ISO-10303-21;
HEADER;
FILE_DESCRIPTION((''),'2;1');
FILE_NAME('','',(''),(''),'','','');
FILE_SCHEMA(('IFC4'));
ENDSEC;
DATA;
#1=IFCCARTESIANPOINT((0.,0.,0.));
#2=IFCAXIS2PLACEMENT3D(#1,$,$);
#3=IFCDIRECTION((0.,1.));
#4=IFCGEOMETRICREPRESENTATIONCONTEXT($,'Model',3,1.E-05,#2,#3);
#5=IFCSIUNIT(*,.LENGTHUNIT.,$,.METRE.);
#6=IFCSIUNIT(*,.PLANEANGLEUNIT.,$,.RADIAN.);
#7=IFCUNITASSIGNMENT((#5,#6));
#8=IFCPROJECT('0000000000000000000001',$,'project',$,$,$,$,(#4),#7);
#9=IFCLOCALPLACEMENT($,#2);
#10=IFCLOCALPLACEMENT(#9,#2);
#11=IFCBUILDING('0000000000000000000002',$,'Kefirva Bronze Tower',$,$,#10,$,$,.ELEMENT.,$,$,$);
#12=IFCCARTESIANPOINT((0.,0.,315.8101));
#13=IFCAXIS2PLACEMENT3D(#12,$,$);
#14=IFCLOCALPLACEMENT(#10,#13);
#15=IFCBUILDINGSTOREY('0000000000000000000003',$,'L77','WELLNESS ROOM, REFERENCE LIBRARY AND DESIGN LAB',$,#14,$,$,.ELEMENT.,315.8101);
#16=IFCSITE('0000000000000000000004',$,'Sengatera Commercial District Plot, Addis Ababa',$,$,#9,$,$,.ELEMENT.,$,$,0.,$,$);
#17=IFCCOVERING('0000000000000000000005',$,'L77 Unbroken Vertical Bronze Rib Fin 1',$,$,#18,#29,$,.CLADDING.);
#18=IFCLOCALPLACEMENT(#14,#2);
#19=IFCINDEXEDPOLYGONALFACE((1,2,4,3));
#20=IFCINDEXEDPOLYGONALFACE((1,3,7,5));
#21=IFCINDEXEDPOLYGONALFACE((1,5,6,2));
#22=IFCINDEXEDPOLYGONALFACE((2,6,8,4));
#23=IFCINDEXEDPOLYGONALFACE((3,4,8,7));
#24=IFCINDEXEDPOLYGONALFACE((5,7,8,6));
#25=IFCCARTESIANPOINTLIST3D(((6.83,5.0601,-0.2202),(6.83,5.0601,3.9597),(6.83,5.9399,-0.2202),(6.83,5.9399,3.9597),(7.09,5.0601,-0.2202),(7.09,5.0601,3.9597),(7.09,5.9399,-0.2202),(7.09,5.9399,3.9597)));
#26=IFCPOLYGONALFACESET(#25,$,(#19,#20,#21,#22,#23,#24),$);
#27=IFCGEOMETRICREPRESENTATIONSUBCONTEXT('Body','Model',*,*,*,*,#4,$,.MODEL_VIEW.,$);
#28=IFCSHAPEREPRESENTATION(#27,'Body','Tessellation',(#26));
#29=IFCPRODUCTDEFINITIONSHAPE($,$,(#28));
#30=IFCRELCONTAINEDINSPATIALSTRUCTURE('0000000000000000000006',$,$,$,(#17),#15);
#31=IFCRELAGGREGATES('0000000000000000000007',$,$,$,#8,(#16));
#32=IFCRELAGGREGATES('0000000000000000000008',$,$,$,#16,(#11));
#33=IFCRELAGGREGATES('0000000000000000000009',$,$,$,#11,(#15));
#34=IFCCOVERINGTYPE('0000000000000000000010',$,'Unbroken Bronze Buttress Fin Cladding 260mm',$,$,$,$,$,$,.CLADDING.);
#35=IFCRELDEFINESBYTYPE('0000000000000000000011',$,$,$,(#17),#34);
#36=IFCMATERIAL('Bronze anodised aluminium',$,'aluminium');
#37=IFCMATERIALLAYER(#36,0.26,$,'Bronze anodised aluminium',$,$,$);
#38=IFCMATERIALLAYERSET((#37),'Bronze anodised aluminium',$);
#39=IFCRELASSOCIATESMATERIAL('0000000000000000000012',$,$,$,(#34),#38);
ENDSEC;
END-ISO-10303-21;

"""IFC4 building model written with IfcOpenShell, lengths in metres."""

from ifc_helpers import new_model, si_unit, direction, frame, origin, origin_2d, place, context, subcontext, project, spatial, rectangle, extrude, material, layer, layer_set, type_object, element, save


model = new_model("IFC4")

# Units and contexts
model_context = context("Model", 3, precision=1e-05, world=origin(), true_north=direction((0.0, 1.0)))
body_context = subcontext(model_context, "Body", "Model", "MODEL_VIEW")
ifc_project = project(units=[si_unit("LENGTHUNIT", "METRE"), si_unit("PLANEANGLEUNIT", "RADIAN")], contexts=[model_context])

# Site, building, storey
site_placement = place(None, origin())
site = spatial("IfcSite", under=ifc_project, at=site_placement, Name="Sengatera Commercial District Plot, Addis Ababa", CompositionType="ELEMENT", RefElevation=0.0)
building_placement = place(site_placement, origin())
building = spatial("IfcBuilding", under=site, at=building_placement, Name="Kefirva Bronze Tower", CompositionType="ELEMENT")
storey_placement = place(building_placement, frame((0.0, 0.0, 315.8101)))
storey = spatial("IfcBuildingStorey", under=building, at=storey_placement, Name="L77", Description="WELLNESS ROOM, REFERENCE LIBRARY AND DESIGN LAB", CompositionType="ELEMENT", Elevation=315.8101)

# Shared definitions
ifc_material_1 = material(Name="Bronze anodised aluminium", Category="aluminium")

# Covering
ifc_layer_1 = layer(ifc_material_1, 0.26, Name="Bronze anodised aluminium")
ifc_layer_set_1 = layer_set([ifc_layer_1], Name="Bronze anodised aluminium")
covering_type_1 = type_object("IfcCoveringType", Name="Unbroken Bronze Buttress Fin Cladding 260mm", PredefinedType="CLADDING", material=ifc_layer_set_1)
covering_1_placement = place(storey_placement, frame((6.96, 5.5, -0.2202), z_axis=(0.0, 0.0, 1.0), x_axis=(1.0, 0.0, 0.0)))
element("IfcCovering", 1, at=covering_1_placement, inside=storey, type_object=covering_type_1, Name="L77 Unbroken Vertical Bronze Rib Fin 1", PredefinedType="CLADDING", context=body_context, shape_type="SweptSolid", body=[
    extrude(rectangle(XDim=0.26, YDim=0.8799, at=origin_2d()), origin(), (0.0, 0.0, 1.0), 4.1799),
])

save(model, "model.ifc")
